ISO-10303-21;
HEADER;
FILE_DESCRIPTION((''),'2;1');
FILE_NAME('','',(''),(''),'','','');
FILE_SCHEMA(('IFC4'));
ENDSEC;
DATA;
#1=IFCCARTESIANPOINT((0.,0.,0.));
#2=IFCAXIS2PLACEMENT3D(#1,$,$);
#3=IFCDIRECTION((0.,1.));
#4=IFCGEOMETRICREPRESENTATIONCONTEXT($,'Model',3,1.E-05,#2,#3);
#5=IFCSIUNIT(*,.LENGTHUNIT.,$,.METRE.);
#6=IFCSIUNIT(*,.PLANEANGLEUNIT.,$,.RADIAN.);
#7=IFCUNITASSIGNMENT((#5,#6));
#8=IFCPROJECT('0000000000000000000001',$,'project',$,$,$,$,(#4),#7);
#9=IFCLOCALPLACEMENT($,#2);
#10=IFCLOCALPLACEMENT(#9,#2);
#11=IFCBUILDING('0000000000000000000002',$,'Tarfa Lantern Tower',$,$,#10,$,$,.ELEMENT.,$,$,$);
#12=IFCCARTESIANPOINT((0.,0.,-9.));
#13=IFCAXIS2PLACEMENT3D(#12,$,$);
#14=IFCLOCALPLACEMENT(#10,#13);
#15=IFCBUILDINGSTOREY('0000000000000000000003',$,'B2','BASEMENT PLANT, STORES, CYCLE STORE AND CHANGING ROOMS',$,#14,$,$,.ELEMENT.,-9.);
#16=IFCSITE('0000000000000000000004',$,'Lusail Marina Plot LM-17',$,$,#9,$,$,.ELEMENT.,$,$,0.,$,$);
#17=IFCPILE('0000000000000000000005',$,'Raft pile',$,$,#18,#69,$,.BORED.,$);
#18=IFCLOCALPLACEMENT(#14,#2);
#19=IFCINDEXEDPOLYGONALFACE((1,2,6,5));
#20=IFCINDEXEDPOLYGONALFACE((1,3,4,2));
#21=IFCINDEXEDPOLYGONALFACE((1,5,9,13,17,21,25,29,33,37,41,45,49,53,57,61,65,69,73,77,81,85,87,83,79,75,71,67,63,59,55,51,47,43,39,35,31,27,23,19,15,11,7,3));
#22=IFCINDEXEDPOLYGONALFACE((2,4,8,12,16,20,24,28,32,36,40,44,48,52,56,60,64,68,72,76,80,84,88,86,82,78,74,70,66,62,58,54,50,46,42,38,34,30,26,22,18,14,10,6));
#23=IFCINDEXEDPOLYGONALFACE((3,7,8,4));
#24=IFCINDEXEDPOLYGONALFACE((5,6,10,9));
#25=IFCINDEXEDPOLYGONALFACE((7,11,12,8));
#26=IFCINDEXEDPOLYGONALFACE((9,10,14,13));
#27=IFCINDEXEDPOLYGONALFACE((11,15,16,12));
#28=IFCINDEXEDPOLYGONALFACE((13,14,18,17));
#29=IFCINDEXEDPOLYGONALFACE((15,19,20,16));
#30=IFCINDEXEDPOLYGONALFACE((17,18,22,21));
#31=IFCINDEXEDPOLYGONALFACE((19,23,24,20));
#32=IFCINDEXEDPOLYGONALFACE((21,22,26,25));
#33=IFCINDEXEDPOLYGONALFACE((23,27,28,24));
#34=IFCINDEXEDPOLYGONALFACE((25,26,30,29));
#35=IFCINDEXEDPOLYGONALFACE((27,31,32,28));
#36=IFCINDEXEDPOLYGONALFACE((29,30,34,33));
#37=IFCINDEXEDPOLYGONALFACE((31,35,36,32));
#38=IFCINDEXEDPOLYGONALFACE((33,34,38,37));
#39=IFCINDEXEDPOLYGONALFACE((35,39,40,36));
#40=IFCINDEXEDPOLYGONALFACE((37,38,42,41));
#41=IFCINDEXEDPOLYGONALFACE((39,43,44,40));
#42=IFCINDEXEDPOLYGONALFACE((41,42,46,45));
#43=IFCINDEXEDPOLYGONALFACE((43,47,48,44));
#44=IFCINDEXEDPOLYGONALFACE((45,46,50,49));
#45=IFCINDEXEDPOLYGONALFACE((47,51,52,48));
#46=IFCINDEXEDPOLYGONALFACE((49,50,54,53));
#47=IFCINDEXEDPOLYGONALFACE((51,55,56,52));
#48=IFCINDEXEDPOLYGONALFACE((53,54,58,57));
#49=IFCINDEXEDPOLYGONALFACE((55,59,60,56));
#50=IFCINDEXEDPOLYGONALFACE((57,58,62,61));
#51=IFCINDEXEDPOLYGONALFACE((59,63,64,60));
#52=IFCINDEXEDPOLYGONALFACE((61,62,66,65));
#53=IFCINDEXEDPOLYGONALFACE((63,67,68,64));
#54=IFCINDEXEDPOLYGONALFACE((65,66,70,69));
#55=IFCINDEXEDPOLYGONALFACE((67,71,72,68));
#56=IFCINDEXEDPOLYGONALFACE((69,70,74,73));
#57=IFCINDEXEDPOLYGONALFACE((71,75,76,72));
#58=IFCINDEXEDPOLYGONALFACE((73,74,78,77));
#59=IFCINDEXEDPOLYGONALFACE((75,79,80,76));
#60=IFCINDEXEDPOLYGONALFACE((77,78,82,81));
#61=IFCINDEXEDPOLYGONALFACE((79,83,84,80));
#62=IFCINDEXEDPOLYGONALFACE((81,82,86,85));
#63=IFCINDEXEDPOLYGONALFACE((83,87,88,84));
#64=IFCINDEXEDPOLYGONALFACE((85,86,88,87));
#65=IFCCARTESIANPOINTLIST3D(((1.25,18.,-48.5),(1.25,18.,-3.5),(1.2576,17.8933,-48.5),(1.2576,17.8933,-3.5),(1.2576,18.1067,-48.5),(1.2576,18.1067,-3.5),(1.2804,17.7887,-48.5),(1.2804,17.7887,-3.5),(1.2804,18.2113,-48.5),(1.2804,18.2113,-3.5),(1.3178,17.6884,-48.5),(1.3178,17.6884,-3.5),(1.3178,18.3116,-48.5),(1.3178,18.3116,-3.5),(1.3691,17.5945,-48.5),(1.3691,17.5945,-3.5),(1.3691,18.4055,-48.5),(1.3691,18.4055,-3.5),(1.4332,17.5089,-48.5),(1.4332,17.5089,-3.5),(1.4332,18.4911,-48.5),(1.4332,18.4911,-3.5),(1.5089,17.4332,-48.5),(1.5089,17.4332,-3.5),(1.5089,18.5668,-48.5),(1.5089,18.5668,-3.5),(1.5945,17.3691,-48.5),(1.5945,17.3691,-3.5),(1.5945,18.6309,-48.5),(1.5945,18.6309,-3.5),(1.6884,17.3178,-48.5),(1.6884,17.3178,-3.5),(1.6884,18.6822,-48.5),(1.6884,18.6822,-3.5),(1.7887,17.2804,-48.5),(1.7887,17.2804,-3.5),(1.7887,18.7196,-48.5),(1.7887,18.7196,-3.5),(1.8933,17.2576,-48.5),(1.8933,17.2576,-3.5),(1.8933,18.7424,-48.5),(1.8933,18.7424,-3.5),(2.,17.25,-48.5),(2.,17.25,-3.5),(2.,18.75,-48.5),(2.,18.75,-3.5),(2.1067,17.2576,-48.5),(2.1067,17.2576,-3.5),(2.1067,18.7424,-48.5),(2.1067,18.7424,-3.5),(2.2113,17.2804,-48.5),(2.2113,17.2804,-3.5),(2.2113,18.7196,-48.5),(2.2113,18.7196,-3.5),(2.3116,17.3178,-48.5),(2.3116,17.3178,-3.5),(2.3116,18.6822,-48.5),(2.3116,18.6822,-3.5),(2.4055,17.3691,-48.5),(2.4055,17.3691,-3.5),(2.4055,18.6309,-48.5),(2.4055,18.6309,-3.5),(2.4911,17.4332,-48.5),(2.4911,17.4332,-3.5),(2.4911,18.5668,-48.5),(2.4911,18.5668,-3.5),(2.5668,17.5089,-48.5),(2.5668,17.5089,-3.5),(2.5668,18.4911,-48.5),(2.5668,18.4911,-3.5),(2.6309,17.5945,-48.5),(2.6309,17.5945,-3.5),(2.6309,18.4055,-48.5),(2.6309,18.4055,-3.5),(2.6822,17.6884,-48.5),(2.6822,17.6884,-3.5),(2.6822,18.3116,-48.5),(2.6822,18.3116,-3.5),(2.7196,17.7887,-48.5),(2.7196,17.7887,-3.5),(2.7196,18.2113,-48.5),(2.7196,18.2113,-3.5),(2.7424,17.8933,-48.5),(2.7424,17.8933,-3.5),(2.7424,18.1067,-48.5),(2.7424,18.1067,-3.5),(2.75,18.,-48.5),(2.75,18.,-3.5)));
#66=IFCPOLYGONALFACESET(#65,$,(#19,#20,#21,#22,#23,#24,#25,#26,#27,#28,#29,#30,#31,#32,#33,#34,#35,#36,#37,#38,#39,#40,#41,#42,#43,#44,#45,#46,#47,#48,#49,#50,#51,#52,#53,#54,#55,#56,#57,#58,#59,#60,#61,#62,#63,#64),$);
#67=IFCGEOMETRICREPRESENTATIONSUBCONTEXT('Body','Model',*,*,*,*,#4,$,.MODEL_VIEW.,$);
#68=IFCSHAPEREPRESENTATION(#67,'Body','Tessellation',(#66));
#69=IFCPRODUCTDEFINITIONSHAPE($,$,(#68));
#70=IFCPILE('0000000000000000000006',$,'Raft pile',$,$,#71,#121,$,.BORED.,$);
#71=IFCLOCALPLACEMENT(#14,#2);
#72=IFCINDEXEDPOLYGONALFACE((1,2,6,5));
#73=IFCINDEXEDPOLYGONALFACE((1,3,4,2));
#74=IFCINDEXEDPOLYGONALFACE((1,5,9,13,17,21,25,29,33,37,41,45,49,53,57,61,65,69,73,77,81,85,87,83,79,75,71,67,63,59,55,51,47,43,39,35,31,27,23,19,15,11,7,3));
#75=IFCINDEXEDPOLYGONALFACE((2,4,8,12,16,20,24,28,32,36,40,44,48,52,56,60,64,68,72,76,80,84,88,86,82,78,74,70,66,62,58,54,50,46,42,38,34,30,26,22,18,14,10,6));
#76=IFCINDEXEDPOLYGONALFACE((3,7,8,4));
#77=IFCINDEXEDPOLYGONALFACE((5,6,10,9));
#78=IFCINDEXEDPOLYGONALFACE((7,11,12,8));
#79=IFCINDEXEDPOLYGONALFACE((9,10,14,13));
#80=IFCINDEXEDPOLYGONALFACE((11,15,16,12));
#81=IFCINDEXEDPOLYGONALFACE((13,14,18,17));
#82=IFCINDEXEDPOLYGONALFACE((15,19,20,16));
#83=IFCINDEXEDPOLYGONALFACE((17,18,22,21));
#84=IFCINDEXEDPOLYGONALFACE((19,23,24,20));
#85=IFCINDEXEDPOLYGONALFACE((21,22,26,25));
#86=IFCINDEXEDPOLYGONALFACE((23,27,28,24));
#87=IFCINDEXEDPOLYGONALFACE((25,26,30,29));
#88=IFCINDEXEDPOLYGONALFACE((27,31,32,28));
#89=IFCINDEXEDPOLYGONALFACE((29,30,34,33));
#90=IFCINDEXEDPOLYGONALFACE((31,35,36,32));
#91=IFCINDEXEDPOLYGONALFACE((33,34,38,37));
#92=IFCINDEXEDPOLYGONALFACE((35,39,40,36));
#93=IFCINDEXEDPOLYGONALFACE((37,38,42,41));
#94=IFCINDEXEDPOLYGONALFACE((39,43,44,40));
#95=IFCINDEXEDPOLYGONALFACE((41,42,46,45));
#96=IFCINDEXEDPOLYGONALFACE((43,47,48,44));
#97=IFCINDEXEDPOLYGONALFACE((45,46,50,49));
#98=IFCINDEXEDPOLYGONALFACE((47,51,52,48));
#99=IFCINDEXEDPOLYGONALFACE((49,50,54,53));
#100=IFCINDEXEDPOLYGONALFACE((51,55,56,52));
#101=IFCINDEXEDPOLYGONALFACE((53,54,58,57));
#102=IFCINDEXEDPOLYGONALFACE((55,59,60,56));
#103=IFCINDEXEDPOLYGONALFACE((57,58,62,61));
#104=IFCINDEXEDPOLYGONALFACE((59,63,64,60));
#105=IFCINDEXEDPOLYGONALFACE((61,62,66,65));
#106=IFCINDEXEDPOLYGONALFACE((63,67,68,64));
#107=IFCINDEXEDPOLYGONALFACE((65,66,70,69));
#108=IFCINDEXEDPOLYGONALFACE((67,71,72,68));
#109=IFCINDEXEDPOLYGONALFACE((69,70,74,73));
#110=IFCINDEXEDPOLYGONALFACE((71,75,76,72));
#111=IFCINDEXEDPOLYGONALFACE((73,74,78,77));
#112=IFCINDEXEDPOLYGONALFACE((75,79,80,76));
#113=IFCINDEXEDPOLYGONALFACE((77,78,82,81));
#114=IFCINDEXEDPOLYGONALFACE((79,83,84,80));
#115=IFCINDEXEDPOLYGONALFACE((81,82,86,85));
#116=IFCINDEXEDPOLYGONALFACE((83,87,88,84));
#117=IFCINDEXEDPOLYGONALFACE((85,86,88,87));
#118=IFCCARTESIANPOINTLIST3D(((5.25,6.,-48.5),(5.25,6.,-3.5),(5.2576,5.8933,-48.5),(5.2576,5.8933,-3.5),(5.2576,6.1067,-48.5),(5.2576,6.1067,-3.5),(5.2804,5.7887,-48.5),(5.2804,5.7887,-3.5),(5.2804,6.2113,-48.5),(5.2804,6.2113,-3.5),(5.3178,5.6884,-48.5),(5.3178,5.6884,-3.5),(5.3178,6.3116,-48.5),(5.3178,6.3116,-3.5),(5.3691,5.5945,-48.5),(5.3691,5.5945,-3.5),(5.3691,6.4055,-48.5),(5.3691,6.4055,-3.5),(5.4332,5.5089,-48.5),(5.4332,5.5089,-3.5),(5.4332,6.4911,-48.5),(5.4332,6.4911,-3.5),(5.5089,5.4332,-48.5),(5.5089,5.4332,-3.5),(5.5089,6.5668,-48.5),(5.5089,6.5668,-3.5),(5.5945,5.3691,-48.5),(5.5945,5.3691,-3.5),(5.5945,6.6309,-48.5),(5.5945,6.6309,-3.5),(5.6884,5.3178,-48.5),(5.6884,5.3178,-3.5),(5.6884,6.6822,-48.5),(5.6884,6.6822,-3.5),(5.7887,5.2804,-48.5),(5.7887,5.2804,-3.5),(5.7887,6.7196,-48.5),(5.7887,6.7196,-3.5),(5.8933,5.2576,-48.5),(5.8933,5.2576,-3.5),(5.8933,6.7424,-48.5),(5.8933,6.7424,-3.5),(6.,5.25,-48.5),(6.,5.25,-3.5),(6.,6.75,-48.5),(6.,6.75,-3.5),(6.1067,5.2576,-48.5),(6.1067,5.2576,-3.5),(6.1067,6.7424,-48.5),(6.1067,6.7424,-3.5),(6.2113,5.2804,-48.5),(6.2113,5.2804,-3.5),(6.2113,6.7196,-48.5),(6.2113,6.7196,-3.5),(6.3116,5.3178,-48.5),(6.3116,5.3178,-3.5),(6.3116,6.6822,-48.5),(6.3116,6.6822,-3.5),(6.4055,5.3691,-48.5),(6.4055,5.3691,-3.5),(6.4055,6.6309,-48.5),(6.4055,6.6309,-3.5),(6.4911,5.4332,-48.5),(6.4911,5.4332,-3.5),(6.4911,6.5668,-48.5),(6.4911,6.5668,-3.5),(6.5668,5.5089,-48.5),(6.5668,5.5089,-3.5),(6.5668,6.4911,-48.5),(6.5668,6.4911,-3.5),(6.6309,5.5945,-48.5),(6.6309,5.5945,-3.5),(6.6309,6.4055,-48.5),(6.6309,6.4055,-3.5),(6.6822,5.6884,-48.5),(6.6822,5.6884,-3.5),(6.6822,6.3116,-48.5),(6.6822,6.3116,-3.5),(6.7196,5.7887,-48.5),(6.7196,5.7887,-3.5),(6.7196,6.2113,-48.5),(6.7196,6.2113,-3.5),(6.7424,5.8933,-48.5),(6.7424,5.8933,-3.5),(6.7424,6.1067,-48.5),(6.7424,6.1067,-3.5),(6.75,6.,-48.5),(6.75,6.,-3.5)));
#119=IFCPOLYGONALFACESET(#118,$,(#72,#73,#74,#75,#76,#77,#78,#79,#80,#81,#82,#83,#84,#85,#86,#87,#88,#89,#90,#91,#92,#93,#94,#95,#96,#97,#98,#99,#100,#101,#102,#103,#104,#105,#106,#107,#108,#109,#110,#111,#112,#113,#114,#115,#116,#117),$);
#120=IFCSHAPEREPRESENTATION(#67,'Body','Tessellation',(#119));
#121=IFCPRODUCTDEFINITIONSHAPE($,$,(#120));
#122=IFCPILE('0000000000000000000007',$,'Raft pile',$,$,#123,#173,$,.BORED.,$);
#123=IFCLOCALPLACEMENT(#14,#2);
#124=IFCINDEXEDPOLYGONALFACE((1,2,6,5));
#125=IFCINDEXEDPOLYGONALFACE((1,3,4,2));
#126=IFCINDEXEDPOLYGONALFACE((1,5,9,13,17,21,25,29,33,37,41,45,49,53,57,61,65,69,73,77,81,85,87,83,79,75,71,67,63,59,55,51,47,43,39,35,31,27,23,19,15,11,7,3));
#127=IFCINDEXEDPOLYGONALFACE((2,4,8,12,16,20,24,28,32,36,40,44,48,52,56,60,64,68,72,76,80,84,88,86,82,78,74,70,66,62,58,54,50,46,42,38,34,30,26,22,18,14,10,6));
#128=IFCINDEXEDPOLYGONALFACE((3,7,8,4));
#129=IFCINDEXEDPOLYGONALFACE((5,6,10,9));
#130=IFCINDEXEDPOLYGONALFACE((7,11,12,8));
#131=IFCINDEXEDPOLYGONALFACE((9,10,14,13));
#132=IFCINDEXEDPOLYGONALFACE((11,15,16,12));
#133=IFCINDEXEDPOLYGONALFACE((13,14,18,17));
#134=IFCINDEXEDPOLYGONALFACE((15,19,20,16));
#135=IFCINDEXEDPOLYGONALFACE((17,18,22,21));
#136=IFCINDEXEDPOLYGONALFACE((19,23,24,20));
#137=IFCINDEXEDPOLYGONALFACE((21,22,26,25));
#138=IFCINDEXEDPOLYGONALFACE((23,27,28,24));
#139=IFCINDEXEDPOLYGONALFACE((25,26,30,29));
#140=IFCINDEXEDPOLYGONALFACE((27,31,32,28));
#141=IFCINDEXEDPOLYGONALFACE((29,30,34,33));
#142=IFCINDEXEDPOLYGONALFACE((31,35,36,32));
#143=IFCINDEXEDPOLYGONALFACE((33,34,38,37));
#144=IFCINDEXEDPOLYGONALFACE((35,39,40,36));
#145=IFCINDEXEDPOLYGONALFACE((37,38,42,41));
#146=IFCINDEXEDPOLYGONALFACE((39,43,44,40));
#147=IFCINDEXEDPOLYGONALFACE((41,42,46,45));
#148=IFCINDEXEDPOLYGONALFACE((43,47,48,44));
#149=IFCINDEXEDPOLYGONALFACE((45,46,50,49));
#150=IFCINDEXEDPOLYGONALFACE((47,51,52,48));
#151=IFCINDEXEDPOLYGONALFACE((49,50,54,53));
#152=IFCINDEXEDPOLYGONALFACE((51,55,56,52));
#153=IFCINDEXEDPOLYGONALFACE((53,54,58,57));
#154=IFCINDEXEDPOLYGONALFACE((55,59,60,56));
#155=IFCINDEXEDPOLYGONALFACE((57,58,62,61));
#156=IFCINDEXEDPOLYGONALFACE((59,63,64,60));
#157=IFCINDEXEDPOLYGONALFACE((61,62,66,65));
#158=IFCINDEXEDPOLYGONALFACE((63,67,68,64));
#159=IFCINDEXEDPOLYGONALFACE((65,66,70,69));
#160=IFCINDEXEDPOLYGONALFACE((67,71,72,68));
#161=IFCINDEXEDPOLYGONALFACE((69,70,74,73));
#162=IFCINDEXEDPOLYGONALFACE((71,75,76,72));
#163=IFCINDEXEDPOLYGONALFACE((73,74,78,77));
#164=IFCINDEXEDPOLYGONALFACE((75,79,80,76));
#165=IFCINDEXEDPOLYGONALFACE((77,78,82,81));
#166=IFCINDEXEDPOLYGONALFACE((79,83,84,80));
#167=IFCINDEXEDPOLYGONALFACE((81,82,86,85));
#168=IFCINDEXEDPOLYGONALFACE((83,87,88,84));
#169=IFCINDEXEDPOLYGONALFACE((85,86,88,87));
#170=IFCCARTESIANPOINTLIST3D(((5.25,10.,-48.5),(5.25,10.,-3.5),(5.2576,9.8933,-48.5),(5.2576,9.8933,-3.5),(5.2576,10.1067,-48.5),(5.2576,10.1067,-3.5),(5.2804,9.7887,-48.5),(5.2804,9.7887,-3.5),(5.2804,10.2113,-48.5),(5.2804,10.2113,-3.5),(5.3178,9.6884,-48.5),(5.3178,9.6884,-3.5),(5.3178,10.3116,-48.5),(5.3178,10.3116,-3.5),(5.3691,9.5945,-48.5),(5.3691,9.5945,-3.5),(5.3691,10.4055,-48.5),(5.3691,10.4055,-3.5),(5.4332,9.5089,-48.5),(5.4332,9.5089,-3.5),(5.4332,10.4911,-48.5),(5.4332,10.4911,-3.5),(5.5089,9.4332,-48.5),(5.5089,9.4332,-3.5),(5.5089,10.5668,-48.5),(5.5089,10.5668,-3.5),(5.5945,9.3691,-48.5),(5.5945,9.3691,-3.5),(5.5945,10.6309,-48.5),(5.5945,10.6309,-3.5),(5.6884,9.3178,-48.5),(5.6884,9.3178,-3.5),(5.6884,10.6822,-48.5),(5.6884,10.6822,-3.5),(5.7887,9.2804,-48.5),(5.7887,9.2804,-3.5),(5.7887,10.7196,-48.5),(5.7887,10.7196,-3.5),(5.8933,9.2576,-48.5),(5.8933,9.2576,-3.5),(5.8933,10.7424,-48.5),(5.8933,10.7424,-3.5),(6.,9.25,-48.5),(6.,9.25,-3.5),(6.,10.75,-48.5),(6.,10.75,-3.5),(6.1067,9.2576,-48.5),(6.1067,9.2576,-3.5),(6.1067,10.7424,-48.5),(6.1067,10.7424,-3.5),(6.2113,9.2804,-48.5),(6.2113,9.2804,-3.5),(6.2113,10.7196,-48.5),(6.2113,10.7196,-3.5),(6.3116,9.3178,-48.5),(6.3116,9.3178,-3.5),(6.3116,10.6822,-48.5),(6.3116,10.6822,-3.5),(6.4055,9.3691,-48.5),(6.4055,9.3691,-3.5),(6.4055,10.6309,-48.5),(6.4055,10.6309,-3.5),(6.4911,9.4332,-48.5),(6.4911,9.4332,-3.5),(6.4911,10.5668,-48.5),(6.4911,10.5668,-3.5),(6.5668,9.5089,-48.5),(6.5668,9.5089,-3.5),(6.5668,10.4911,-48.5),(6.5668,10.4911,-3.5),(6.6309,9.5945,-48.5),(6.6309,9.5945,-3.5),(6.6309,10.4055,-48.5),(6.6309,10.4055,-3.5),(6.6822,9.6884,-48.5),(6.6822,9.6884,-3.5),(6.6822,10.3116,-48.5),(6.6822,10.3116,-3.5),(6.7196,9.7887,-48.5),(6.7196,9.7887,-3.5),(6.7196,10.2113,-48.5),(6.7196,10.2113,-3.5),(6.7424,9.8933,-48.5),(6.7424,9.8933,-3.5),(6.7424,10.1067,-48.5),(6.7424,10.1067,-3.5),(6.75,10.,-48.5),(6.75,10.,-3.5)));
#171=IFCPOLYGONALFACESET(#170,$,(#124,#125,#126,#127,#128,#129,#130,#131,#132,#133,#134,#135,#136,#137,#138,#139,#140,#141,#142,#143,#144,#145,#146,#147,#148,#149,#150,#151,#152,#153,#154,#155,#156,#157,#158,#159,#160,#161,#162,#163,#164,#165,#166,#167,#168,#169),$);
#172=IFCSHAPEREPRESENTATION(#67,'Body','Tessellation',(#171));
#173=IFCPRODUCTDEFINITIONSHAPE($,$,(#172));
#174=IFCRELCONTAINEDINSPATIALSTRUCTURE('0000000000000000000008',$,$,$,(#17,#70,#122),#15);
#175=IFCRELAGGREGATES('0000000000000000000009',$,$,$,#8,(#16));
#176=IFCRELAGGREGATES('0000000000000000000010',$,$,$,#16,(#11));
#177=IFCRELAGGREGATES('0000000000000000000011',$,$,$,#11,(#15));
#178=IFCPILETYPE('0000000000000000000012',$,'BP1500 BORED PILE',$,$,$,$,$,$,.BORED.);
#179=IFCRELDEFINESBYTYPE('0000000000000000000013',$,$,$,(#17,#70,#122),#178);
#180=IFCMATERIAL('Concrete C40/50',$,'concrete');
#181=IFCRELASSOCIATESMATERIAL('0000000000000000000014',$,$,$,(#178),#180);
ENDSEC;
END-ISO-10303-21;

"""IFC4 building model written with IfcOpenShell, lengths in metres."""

from ifc_helpers import new_model, si_unit, direction, frame, origin, origin_2d, place, context, subcontext, project, spatial, circle, extrude, material, material_profile, profile_set, type_object, element, save


model = new_model("IFC4")

# Units and contexts
model_context = context("Model", 3, precision=1e-05, world=origin(), true_north=direction((0.0, 1.0)))
body_context = subcontext(model_context, "Body", "Model", "MODEL_VIEW")
ifc_project = project(units=[si_unit("LENGTHUNIT", "METRE"), si_unit("PLANEANGLEUNIT", "RADIAN")], contexts=[model_context])

# Site, building, storey
site_placement = place(None, origin())
site = spatial("IfcSite", under=ifc_project, at=site_placement, Name="Lusail Marina Plot LM-17", CompositionType="ELEMENT", RefElevation=0.0)
building_placement = place(site_placement, origin())
building = spatial("IfcBuilding", under=site, at=building_placement, Name="Tarfa Lantern Tower", CompositionType="ELEMENT")
storey_placement = place(building_placement, frame((0.0, 0.0, -9.0)))
storey = spatial("IfcBuildingStorey", under=building, at=storey_placement, Name="B2", Description="BASEMENT PLANT, STORES, CYCLE STORE AND CHANGING ROOMS", CompositionType="ELEMENT", Elevation=-9.0)

# Piles
ifc_material_1 = material(Name="Concrete C40/50", Category="concrete")
ifc_material_profile = material_profile(ifc_material_1, circle(Radius=0.75, at=origin_2d()), Name="BORED PILE D1500")
ifc_profile_set = profile_set([ifc_material_profile], Name="Concrete C40/50")
pile_type = type_object("IfcPileType", Name="BP1500 BORED PILE", PredefinedType="BORED", material=ifc_profile_set)
for number, where, z_axis, x_axis, name in (
    (1, (2.0, 18.0, -3.5), (0.0, 0.0, -1.0), (1.0, 0.0, 0.0), "Raft pile"),
    (2, (6.0, 6.0, -3.5), (0.0, 0.0, -1.0), (1.0, 0.0, 0.0), "Raft pile"),
    (3, (6.0, 10.0, -3.5), (0.0, 0.0, -1.0), (1.0, 0.0, 0.0), "Raft pile"),
):
    element("IfcPile", number, at=place(storey_placement, frame(where, z_axis=z_axis, x_axis=x_axis)), inside=storey, type_object=pile_type, Name=name, PredefinedType="BORED", context=body_context, shape_type="SweptSolid", body=[
        extrude(circle(Radius=0.75, at=origin_2d()), origin(), (0.0, 0.0, 1.0), 45.0),
    ])

save(model, "model.ifc")
